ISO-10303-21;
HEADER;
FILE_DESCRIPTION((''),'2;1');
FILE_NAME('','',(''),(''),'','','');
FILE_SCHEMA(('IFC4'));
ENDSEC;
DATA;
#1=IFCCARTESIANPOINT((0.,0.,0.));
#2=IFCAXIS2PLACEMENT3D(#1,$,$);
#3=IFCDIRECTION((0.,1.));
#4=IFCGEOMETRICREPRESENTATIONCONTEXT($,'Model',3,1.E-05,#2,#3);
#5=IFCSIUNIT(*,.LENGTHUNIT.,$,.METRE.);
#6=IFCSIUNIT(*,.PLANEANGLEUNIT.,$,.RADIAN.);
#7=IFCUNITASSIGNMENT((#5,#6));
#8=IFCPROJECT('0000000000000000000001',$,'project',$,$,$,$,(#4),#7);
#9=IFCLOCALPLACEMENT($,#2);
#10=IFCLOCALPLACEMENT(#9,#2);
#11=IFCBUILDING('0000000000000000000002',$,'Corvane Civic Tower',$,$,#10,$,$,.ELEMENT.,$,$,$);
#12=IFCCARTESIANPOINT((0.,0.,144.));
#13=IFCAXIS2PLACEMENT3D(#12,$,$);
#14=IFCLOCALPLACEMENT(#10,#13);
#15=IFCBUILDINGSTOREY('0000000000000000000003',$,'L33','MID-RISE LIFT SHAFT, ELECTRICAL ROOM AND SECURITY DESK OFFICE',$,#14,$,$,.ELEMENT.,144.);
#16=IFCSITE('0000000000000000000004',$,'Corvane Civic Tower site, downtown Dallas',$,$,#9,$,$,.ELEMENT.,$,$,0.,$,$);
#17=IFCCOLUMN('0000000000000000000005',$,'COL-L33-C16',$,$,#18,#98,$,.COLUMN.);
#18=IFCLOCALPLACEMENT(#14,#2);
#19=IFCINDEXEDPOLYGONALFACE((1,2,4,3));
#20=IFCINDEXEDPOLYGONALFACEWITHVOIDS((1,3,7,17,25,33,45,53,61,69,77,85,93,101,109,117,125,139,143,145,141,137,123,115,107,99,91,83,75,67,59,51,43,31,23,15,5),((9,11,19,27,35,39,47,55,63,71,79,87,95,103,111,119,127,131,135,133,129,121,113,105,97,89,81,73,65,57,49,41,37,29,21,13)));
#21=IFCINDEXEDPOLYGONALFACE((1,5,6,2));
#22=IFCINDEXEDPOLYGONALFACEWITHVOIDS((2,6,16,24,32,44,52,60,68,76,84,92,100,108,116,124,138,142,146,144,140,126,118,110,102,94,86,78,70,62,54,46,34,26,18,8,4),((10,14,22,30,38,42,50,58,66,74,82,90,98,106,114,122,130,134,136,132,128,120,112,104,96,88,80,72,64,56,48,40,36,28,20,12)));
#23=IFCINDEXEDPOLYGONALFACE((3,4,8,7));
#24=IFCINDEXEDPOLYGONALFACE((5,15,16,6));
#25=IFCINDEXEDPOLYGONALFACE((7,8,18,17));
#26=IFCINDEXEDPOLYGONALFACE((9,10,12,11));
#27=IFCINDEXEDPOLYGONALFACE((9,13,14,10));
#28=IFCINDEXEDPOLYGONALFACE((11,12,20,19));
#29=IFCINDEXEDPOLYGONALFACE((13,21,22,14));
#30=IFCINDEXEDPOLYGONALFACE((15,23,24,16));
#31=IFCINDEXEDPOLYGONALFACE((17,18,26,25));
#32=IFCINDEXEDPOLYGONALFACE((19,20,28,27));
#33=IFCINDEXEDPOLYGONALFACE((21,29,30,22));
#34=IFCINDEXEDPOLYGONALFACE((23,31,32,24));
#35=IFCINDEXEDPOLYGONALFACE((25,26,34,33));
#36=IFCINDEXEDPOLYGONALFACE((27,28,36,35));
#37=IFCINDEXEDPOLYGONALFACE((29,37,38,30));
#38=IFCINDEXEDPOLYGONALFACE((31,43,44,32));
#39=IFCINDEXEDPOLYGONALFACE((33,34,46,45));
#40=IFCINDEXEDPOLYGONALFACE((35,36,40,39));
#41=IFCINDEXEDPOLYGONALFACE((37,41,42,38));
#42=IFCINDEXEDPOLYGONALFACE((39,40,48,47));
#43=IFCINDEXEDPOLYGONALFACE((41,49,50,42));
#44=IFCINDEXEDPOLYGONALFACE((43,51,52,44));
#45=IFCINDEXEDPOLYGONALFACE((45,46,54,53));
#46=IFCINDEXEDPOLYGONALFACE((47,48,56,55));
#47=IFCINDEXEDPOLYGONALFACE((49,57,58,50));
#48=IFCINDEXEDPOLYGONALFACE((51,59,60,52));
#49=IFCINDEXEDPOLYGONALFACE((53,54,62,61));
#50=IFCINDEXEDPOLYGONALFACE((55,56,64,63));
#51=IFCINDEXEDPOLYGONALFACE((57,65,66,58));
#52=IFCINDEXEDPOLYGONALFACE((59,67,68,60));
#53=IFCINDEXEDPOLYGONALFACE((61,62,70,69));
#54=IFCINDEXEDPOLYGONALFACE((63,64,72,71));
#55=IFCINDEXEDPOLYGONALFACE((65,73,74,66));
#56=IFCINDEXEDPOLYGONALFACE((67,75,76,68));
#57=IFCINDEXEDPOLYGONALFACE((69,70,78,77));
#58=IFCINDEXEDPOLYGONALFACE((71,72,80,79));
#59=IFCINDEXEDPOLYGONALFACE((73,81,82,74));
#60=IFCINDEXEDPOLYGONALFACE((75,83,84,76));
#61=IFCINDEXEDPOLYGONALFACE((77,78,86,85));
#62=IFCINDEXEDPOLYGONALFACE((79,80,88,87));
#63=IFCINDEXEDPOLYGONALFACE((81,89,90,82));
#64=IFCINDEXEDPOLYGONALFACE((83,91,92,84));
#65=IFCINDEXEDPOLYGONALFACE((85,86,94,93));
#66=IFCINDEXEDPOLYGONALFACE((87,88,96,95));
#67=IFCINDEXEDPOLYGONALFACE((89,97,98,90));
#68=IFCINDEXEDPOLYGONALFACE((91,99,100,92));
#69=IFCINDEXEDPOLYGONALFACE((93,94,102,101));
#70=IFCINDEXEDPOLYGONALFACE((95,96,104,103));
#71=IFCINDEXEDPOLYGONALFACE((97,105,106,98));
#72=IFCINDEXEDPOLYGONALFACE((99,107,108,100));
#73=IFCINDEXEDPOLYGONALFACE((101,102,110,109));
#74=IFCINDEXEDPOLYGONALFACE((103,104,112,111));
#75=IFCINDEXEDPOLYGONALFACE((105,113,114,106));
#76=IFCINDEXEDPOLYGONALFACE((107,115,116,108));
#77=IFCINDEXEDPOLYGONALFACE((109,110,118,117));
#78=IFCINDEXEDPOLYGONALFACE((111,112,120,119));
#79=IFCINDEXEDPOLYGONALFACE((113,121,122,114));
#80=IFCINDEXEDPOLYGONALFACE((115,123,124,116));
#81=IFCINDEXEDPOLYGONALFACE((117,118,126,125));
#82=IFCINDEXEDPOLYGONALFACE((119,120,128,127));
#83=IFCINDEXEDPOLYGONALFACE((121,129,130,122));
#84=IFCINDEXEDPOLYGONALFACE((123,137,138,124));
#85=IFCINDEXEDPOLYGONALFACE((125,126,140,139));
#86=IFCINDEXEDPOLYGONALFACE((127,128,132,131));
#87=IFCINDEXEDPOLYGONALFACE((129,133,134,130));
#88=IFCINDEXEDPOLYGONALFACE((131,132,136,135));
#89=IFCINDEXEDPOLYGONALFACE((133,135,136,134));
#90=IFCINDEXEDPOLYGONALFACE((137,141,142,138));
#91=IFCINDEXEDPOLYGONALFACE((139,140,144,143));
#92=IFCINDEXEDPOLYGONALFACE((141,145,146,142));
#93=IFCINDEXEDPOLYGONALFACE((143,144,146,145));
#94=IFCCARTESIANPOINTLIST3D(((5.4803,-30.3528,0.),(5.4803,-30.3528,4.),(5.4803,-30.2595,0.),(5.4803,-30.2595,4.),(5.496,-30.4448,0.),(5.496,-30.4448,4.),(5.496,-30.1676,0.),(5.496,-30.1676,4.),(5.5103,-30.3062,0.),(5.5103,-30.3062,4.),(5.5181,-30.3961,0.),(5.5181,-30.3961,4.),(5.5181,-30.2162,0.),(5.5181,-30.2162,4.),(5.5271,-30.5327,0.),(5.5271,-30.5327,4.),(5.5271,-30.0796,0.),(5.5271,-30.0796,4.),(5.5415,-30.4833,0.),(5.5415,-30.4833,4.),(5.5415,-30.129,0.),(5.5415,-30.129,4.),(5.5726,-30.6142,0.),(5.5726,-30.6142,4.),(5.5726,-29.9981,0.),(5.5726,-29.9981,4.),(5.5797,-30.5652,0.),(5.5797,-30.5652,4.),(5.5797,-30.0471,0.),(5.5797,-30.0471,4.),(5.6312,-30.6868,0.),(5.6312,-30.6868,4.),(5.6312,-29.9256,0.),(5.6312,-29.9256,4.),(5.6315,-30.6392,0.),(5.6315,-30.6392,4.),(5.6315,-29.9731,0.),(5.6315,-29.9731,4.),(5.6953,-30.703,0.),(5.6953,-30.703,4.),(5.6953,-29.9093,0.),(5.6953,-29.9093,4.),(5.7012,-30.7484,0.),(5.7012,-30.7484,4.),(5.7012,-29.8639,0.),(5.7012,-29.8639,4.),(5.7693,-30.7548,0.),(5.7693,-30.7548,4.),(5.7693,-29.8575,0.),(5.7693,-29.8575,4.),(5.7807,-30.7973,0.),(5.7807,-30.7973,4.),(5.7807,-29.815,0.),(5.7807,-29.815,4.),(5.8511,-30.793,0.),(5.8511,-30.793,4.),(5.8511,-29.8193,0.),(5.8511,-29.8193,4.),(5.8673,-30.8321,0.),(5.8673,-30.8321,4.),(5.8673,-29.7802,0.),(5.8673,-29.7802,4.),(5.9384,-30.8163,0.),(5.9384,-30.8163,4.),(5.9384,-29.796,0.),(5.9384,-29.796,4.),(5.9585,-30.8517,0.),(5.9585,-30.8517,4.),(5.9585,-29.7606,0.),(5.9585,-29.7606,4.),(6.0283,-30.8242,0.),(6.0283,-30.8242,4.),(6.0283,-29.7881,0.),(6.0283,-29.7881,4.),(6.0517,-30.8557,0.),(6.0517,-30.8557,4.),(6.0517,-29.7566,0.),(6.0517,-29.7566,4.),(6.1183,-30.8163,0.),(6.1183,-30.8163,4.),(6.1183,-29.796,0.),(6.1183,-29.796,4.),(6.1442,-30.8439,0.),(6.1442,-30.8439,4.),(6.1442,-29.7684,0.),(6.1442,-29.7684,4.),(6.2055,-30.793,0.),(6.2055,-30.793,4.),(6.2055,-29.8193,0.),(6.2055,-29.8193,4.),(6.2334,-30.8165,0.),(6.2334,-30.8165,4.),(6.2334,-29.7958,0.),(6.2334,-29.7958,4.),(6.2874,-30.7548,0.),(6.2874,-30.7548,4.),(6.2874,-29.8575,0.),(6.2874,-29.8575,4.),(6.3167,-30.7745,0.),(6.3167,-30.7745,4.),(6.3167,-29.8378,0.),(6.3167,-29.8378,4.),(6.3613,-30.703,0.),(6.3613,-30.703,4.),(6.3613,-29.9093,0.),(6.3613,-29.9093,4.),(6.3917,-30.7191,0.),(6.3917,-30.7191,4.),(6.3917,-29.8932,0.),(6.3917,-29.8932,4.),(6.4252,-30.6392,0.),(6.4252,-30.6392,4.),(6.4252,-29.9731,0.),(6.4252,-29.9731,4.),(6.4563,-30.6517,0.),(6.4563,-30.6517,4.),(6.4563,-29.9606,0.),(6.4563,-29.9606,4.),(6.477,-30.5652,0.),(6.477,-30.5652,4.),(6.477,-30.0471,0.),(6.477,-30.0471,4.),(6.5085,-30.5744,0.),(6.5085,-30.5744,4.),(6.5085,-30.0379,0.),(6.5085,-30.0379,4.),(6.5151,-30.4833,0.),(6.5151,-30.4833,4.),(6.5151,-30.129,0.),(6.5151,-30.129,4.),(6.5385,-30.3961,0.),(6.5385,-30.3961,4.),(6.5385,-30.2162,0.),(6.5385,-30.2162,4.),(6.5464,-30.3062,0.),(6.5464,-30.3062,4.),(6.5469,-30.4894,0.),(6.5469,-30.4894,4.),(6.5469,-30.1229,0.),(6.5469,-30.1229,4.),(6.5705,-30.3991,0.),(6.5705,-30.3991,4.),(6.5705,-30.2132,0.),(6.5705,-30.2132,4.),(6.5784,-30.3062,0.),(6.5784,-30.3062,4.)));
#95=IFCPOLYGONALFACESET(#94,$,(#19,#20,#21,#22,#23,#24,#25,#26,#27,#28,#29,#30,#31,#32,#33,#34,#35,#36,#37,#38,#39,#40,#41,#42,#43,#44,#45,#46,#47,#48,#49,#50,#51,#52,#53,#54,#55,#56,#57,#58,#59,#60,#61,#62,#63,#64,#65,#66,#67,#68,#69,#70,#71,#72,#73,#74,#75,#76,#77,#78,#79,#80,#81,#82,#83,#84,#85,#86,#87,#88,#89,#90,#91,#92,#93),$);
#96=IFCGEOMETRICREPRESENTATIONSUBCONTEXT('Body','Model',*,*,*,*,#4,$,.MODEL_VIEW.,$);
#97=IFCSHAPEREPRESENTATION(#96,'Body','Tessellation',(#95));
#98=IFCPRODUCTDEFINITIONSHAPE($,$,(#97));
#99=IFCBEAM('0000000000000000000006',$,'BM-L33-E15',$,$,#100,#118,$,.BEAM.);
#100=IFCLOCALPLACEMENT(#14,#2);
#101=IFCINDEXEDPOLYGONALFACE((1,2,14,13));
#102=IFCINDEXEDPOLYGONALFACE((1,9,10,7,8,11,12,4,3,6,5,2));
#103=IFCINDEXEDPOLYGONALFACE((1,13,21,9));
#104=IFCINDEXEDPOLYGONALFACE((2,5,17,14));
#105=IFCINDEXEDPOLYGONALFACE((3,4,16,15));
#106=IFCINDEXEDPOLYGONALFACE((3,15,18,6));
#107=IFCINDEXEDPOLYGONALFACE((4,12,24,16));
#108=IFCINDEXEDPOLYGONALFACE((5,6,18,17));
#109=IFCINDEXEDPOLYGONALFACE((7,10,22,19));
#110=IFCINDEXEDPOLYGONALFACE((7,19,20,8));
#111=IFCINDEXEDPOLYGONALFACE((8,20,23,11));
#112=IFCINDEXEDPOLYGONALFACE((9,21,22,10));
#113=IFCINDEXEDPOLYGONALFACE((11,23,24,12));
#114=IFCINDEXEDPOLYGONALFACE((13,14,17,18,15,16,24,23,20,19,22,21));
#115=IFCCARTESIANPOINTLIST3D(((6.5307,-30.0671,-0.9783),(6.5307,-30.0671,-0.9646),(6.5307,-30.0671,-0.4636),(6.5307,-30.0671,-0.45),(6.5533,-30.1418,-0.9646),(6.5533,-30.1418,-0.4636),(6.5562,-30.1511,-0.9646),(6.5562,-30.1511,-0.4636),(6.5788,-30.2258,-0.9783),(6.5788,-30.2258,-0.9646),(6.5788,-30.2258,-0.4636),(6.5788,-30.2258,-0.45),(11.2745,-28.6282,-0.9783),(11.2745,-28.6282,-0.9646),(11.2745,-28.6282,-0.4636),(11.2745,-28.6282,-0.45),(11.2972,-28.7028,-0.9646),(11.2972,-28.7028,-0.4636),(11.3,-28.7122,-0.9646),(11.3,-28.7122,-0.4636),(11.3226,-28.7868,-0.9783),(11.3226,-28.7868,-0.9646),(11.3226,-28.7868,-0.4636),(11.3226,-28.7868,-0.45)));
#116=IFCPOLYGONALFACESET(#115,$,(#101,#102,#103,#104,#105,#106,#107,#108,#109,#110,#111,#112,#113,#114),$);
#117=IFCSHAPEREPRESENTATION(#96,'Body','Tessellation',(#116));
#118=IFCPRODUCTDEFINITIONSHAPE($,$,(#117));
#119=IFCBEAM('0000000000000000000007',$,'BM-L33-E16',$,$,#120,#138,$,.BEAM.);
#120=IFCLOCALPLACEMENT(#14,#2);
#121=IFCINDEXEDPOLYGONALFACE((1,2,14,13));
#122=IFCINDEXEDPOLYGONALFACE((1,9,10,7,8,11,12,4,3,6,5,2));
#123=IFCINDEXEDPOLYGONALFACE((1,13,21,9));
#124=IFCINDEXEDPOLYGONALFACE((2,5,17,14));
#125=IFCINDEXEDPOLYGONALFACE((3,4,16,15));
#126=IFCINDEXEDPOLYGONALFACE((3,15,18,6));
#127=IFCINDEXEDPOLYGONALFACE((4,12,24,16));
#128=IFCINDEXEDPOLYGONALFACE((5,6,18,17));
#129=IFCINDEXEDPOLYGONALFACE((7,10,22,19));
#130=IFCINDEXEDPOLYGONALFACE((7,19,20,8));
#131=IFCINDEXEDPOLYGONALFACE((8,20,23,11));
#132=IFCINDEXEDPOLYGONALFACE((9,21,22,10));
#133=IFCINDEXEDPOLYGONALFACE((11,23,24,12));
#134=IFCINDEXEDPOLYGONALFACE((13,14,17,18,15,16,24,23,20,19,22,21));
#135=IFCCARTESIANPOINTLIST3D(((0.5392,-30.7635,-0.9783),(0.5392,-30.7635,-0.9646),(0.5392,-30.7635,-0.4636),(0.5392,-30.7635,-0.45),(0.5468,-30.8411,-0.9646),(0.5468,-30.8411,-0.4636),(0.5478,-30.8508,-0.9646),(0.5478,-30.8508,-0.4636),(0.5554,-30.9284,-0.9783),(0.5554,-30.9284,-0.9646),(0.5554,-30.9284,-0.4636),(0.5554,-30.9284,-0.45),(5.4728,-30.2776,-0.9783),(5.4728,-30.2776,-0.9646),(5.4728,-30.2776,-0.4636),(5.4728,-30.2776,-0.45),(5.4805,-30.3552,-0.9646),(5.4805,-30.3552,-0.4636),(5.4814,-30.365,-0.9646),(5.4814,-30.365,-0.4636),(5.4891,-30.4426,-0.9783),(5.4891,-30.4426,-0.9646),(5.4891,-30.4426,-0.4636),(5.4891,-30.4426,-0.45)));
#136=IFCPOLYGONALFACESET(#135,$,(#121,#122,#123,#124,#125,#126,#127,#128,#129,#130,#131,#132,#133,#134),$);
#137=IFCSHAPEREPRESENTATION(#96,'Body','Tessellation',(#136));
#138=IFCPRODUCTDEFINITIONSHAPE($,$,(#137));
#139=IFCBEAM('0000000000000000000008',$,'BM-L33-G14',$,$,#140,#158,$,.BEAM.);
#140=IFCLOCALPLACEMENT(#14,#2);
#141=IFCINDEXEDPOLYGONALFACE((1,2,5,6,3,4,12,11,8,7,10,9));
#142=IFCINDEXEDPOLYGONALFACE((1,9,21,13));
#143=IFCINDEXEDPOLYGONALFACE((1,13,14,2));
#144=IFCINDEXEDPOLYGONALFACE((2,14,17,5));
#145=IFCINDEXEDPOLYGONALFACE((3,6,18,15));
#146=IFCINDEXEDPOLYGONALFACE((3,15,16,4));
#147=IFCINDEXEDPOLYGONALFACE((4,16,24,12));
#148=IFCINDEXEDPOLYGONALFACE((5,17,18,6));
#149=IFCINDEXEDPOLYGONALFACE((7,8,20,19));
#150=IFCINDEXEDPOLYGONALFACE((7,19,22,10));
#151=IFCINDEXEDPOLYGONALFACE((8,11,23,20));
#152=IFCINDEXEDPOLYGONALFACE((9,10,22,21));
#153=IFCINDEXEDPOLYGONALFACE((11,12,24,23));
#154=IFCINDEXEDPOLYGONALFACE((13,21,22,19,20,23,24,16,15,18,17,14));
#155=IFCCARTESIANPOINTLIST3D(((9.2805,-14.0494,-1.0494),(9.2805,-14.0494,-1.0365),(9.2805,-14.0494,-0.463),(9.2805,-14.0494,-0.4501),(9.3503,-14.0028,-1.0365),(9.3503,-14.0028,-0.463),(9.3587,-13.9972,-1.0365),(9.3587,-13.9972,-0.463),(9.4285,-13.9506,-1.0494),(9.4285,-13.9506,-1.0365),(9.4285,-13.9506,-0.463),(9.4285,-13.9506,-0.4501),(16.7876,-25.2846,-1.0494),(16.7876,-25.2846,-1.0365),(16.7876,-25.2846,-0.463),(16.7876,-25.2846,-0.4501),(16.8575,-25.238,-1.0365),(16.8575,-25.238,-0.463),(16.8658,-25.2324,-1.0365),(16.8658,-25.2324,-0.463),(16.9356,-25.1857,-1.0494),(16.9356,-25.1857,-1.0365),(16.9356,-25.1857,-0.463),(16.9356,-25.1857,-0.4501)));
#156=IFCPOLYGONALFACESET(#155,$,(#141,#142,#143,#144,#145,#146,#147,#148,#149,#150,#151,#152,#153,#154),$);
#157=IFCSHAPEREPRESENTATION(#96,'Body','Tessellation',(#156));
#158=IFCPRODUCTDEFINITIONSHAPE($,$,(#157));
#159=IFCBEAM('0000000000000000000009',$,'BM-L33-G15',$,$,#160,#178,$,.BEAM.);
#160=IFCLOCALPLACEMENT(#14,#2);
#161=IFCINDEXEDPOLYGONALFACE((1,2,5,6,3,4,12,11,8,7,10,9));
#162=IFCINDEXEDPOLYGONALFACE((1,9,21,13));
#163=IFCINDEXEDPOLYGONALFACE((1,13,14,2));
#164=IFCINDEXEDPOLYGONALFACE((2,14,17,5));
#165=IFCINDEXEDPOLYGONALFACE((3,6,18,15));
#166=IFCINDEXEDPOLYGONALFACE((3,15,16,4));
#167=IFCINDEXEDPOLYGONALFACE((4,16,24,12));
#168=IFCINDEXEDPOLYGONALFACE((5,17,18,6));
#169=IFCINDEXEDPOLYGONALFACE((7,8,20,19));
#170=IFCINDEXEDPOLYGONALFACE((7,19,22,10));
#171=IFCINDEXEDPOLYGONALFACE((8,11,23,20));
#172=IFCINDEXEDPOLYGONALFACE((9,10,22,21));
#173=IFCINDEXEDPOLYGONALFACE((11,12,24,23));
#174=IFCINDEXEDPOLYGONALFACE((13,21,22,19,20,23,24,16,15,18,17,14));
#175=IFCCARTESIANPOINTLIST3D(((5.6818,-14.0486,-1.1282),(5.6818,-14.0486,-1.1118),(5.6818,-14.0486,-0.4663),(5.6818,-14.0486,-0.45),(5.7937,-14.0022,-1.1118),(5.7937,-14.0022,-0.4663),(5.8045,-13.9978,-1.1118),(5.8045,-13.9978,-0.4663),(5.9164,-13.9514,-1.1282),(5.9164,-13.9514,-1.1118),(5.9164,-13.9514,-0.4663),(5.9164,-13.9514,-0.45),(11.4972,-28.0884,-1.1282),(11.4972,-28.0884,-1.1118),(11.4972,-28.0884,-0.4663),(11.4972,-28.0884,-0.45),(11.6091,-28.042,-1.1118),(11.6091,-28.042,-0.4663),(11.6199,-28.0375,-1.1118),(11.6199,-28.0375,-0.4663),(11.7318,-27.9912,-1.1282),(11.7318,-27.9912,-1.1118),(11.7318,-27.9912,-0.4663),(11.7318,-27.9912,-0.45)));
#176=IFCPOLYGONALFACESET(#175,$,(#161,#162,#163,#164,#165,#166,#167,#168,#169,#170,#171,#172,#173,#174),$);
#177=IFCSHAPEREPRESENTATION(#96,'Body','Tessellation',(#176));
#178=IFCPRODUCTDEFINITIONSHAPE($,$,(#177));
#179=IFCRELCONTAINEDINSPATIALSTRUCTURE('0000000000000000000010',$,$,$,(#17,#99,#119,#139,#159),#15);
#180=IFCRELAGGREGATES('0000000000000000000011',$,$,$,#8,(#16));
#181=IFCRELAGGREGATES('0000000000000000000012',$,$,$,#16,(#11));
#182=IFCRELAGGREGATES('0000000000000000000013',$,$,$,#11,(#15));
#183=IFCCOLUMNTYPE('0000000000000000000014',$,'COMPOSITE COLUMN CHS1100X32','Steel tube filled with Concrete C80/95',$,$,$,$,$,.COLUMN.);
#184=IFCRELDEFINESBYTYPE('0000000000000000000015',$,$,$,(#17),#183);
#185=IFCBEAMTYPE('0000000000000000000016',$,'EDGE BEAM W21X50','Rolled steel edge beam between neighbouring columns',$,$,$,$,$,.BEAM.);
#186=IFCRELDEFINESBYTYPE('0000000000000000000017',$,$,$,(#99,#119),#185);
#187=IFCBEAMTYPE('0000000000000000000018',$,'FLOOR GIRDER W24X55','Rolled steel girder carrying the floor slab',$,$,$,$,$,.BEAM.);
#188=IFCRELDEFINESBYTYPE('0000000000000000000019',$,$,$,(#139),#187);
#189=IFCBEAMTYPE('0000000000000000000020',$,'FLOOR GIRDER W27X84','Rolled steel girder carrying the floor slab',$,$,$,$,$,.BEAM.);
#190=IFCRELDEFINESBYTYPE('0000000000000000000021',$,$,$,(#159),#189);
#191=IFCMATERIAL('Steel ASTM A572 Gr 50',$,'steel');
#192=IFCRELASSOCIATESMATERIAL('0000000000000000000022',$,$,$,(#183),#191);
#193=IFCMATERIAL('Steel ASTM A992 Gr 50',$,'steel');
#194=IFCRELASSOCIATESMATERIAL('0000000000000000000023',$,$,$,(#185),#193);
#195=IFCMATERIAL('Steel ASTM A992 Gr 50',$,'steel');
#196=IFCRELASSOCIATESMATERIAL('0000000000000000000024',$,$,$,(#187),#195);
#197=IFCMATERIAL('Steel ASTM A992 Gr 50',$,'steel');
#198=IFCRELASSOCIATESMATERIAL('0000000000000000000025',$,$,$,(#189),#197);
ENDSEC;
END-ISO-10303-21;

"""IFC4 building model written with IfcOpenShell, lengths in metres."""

from ifc_helpers import new_model, si_unit, direction, frame, origin, origin_2d, place, context, subcontext, project, spatial, hollow_circle, i_section, extrude, material, material_profile, profile_set, type_object, element, save


model = new_model("IFC4")

# Units and contexts
model_context = context("Model", 3, precision=1e-05, world=origin(), true_north=direction((0.0, 1.0)))
body_context = subcontext(model_context, "Body", "Model", "MODEL_VIEW")
ifc_project = project(units=[si_unit("LENGTHUNIT", "METRE"), si_unit("PLANEANGLEUNIT", "RADIAN")], contexts=[model_context])

# Site, building, storey
site_placement = place(None, origin())
site = spatial("IfcSite", under=ifc_project, at=site_placement, Name="Corvane Civic Tower site, downtown Dallas", CompositionType="ELEMENT", RefElevation=0.0)
building_placement = place(site_placement, origin())
building = spatial("IfcBuilding", under=site, at=building_placement, Name="Corvane Civic Tower", CompositionType="ELEMENT")
storey_placement = place(building_placement, frame((0.0, 0.0, 144.0)))
storey = spatial("IfcBuildingStorey", under=building, at=storey_placement, Name="L33", Description="MID-RISE LIFT SHAFT, ELECTRICAL ROOM AND SECURITY DESK OFFICE", CompositionType="ELEMENT", Elevation=144.0)

# Column
ifc_material_1 = material(Name="Steel ASTM A572 Gr 50", Category="steel")
ifc_material_profile_1 = material_profile(ifc_material_1, hollow_circle(Radius=0.55, WallThickness=0.032, at=origin_2d()), Name="CHS1100X32")
ifc_profile_set_1 = profile_set([ifc_material_profile_1], Name="Steel ASTM A572 Gr 50")
column_type = type_object("IfcColumnType", Name="COMPOSITE COLUMN CHS1100X32", Description="Steel tube filled with Concrete C80/95", PredefinedType="COLUMN", material=ifc_profile_set_1)
column_placement = place(storey_placement, frame((6.0283, -30.3062, 0.0), z_axis=(0.0, 0.0, 1.0), x_axis=(1.0, 0.0, 0.0)))
element("IfcColumn", 1, at=column_placement, inside=storey, type_object=column_type, Name="COL-L33-C16", PredefinedType="COLUMN", context=body_context, shape_type="SweptSolid", body=[
    extrude(hollow_circle(Radius=0.55, WallThickness=0.032, at=origin_2d()), origin(), (0.0, 0.0, 1.0), 4.0),
])

# Beams
ifc_material_2 = material(Name="Steel ASTM A992 Gr 50", Category="steel")
ifc_material_profile_2 = material_profile(ifc_material_2, i_section(OverallWidth=0.1658, OverallDepth=0.5283, WebThickness=0.0098, FlangeThickness=0.0137, at=origin_2d()), Name="W21X50")
ifc_profile_set_2 = profile_set([ifc_material_profile_2], Name="Steel ASTM A992 Gr 50")
beam_type_1 = type_object("IfcBeamType", Name="EDGE BEAM W21X50", Description="Rolled steel edge beam between neighbouring columns", PredefinedType="BEAM", material=ifc_profile_set_2)
beam_1_placement = place(storey_placement, frame((11.2986, -28.7075, -0.7141), z_axis=(-0.956945, -0.29027, 0.0), x_axis=(0.29027, -0.956945, 0.0)))
element("IfcBeam", 2, at=beam_1_placement, inside=storey, type_object=beam_type_1, Name="BM-L33-E15", PredefinedType="BEAM", context=body_context, shape_type="SweptSolid", body=[
    extrude(i_section(OverallWidth=0.1658, OverallDepth=0.5283, WebThickness=0.0098, FlangeThickness=0.0137, at=origin_2d()), origin(), (0.0, 0.0, 1.0), 4.9573),
])
beam_2_placement = place(storey_placement, frame((5.481, -30.3601, -0.7141), z_axis=(-0.995186, -0.098002, 0.0), x_axis=(0.098002, -0.995186, 0.0)))
element("IfcBeam", 3, at=beam_2_placement, inside=storey, type_object=beam_type_1, Name="BM-L33-E16", PredefinedType="BEAM", context=body_context, shape_type="SweptSolid", body=[
    extrude(i_section(OverallWidth=0.1658, OverallDepth=0.5283, WebThickness=0.0098, FlangeThickness=0.0137, at=origin_2d()), origin(), (0.0, 0.0, 1.0), 4.9575),
])
ifc_material_3 = material(Name="Steel ASTM A992 Gr 50", Category="steel")
ifc_material_profile_3 = material_profile(ifc_material_3, i_section(OverallWidth=0.178, OverallDepth=0.5994, WebThickness=0.01, FlangeThickness=0.0129, at=origin_2d()), Name="W24X55")
ifc_profile_set_3 = profile_set([ifc_material_profile_3], Name="Steel ASTM A992 Gr 50")
beam_type_2 = type_object("IfcBeamType", Name="FLOOR GIRDER W24X55", Description="Rolled steel girder carrying the floor slab", PredefinedType="BEAM", material=ifc_profile_set_3)
beam_3_placement = place(storey_placement, frame((9.3545, -14.0, -0.7498), z_axis=(0.555571, -0.831469, 0.0), x_axis=(0.831469, 0.555571, 0.0)))
element("IfcBeam", 4, at=beam_3_placement, inside=storey, type_object=beam_type_2, Name="BM-L33-G14", PredefinedType="BEAM", context=body_context, shape_type="SweptSolid", body=[
    extrude(i_section(OverallWidth=0.178, OverallDepth=0.5994, WebThickness=0.01, FlangeThickness=0.0129, at=origin_2d()), origin(), (0.0, 0.0, 1.0), 13.5125),
])
ifc_material_4 = material(Name="Steel ASTM A992 Gr 50", Category="steel")
ifc_material_profile_4 = material_profile(ifc_material_4, i_section(OverallWidth=0.2539, OverallDepth=0.6782, WebThickness=0.0117, FlangeThickness=0.0164, at=origin_2d()), Name="W27X84")
ifc_profile_set_4 = profile_set([ifc_material_profile_4], Name="Steel ASTM A992 Gr 50")
beam_type_3 = type_object("IfcBeamType", Name="FLOOR GIRDER W27X84", Description="Rolled steel girder carrying the floor slab", PredefinedType="BEAM", material=ifc_profile_set_4)
beam_4_placement = place(storey_placement, frame((5.7991, -14.0, -0.7891), z_axis=(0.382681, -0.923881, 0.0), x_axis=(0.923881, 0.382681, 0.0)))
element("IfcBeam", 5, at=beam_4_placement, inside=storey, type_object=beam_type_3, Name="BM-L33-G15", PredefinedType="BEAM", context=body_context, shape_type="SweptSolid", body=[
    extrude(i_section(OverallWidth=0.2539, OverallDepth=0.6782, WebThickness=0.0117, FlangeThickness=0.0164, at=origin_2d()), origin(), (0.0, 0.0, 1.0), 15.1965),
])

save(model, "model.ifc")
